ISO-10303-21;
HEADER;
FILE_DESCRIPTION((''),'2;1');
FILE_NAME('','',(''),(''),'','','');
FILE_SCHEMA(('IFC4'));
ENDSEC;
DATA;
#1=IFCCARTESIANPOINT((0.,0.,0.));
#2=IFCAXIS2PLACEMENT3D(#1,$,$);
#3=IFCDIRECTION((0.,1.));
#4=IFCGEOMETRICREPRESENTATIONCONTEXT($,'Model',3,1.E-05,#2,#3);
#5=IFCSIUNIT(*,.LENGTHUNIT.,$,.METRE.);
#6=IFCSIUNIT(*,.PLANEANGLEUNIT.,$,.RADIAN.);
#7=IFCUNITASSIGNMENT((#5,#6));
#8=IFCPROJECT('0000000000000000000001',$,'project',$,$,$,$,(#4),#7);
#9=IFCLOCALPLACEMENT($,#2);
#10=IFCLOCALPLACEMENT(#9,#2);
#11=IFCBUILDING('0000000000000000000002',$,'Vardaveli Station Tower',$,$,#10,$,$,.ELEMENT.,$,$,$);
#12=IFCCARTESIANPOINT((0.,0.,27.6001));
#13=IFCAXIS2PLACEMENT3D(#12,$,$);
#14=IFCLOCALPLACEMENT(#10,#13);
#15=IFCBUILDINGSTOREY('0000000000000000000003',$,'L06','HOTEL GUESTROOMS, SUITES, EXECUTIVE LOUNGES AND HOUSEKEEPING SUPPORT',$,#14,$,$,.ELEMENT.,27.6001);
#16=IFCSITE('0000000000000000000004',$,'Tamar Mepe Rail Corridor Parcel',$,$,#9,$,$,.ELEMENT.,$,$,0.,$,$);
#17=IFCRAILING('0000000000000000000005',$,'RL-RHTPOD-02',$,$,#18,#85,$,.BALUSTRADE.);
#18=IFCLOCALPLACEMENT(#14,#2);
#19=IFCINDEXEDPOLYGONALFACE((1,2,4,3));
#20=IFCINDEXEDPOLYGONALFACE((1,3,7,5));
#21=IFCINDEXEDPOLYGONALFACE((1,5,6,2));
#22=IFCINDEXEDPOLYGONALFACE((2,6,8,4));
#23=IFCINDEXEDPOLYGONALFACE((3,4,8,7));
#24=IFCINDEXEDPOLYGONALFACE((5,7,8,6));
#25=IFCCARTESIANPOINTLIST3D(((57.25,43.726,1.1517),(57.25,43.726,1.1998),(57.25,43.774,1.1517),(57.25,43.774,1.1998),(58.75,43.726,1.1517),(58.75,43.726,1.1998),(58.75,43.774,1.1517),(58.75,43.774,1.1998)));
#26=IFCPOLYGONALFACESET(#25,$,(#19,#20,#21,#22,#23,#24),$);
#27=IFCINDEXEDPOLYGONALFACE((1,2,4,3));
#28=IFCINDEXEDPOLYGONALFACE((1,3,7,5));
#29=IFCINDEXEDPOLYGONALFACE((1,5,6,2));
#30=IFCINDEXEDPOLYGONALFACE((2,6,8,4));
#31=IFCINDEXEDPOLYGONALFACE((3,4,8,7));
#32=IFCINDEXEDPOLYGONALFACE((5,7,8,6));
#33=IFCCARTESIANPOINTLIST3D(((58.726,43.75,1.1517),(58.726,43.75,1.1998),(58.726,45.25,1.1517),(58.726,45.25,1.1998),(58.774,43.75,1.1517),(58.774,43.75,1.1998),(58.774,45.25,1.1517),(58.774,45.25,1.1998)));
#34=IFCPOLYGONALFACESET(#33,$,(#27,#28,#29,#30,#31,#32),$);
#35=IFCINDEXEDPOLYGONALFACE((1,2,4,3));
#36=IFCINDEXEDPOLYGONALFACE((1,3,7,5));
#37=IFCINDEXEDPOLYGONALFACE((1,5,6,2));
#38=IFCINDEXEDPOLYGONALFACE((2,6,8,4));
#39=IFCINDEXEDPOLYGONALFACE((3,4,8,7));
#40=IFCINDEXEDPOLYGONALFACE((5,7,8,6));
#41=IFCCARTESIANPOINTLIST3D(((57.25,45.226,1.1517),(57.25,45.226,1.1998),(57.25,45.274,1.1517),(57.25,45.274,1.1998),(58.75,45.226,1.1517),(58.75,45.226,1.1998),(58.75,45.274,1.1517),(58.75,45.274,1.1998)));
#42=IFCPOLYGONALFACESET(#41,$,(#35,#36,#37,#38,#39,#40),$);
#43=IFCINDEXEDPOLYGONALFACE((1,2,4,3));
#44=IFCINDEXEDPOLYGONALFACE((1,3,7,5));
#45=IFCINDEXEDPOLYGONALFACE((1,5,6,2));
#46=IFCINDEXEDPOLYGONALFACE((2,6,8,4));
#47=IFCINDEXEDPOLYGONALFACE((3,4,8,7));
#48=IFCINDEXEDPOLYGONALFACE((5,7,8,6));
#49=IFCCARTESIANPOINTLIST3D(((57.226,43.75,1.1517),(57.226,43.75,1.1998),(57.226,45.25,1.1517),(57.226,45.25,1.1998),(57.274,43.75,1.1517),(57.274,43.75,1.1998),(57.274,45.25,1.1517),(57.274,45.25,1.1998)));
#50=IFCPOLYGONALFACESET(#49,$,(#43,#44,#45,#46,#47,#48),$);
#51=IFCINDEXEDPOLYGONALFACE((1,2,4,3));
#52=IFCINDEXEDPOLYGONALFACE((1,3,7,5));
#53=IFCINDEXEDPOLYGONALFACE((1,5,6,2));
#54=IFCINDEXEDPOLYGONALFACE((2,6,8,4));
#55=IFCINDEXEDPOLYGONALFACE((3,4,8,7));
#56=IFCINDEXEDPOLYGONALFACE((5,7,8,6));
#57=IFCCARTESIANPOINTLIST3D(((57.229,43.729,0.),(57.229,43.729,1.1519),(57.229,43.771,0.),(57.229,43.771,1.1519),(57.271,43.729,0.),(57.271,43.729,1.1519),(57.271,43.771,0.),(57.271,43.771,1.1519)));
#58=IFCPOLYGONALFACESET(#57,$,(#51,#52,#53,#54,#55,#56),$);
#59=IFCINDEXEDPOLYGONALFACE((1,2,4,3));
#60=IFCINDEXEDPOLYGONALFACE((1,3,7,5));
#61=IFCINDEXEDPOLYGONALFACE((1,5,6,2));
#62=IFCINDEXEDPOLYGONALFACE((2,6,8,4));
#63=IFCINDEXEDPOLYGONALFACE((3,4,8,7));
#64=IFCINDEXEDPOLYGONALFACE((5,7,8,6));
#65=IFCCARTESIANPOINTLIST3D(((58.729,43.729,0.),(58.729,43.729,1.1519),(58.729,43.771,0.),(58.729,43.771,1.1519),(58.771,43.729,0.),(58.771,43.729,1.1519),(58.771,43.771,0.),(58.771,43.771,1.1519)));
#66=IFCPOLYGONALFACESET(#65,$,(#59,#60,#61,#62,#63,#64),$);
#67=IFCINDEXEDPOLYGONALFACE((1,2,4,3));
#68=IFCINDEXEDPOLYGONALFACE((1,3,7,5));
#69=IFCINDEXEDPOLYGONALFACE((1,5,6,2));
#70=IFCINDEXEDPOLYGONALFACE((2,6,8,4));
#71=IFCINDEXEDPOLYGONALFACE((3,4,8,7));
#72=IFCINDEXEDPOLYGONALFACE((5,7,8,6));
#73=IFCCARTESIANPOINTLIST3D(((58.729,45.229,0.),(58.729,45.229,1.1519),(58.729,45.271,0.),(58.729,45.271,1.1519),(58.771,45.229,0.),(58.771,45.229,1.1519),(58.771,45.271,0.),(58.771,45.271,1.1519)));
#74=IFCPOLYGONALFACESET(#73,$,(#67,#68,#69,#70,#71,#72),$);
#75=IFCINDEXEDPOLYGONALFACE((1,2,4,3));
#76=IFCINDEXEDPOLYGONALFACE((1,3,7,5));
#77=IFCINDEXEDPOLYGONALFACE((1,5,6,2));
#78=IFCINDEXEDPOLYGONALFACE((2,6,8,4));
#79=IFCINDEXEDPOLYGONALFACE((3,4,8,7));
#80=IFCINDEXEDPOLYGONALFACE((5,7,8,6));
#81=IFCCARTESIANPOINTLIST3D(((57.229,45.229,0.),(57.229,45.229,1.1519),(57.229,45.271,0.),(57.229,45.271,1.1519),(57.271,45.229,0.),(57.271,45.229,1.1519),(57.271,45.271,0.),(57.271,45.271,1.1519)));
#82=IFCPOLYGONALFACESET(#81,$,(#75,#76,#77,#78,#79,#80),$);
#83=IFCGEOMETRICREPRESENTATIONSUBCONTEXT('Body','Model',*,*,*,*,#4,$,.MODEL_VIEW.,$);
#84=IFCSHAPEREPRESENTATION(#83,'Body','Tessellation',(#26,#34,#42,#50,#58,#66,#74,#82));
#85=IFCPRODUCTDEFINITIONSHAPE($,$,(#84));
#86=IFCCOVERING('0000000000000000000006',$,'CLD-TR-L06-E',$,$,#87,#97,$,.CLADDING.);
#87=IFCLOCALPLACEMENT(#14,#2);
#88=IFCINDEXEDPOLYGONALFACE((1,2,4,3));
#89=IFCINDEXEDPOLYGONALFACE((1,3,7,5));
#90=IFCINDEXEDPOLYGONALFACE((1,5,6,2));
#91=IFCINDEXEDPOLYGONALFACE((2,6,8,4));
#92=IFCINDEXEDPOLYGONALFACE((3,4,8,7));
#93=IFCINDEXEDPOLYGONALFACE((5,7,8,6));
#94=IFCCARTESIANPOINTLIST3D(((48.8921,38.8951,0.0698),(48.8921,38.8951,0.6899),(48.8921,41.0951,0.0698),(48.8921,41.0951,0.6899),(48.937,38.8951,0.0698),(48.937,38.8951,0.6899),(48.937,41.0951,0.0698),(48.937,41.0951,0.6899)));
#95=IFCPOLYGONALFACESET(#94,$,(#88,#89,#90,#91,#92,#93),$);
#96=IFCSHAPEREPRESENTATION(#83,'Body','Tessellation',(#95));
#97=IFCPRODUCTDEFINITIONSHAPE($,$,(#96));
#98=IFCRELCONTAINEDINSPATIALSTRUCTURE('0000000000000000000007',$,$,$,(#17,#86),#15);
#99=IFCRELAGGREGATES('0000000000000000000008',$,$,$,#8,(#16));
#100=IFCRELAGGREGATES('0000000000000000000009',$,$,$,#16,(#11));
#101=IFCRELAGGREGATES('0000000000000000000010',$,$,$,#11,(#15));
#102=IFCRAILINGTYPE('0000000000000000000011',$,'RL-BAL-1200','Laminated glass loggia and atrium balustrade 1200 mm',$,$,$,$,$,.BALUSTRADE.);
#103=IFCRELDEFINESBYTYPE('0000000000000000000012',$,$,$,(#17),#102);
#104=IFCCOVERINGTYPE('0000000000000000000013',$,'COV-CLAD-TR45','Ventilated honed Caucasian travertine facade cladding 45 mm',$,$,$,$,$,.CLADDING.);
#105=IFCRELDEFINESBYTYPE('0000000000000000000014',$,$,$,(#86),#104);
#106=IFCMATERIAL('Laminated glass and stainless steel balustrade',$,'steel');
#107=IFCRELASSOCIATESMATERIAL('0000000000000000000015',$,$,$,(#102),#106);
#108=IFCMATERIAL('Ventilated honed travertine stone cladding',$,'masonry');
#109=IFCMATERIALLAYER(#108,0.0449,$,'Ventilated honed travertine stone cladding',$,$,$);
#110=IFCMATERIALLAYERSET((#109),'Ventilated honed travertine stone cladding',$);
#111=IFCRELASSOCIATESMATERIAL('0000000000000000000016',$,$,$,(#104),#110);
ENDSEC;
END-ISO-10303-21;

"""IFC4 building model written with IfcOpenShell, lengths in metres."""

from ifc_helpers import new_model, si_unit, direction, frame, origin, origin_2d, place, context, subcontext, project, spatial, rectangle, extrude, source, transform, mapped, material, layer, layer_set, type_object, element, save


model = new_model("IFC4")

# Units and contexts
model_context = context("Model", 3, precision=1e-05, world=origin(), true_north=direction((0.0, 1.0)))
body_context = subcontext(model_context, "Body", "Model", "MODEL_VIEW")
ifc_project = project(units=[si_unit("LENGTHUNIT", "METRE"), si_unit("PLANEANGLEUNIT", "RADIAN")], contexts=[model_context])

# Site, building, storey
site_placement = place(None, origin())
site = spatial("IfcSite", under=ifc_project, at=site_placement, Name="Tamar Mepe Rail Corridor Parcel", CompositionType="ELEMENT", RefElevation=0.0)
building_placement = place(site_placement, origin())
building = spatial("IfcBuilding", under=site, at=building_placement, Name="Vardaveli Station Tower", CompositionType="ELEMENT")
storey_placement = place(building_placement, frame((0.0, 0.0, 27.6001)))
storey = spatial("IfcBuildingStorey", under=building, at=storey_placement, Name="L06", Description="HOTEL GUESTROOMS, SUITES, EXECUTIVE LOUNGES AND HOUSEKEEPING SUPPORT", CompositionType="ELEMENT", Elevation=27.6001)

# Railing
ifc_material_1 = material(Name="Laminated glass and stainless steel balustrade", Category="steel")
railing_type = type_object("IfcRailingType", Name="RL-BAL-1200", Description="Laminated glass loggia and atrium balustrade 1200 mm", PredefinedType="BALUSTRADE", material=ifc_material_1)
shared_shape_1 = source(origin(), body_context, "Body", "SweptSolid", [
    extrude(rectangle(XDim=0.0481, YDim=0.0481, at=origin_2d()), frame((0.0, 0.0, 1.1758), z_axis=(1.0, 0.0, 0.0), x_axis=(0.0, 1.0, 0.0)), (0.0, 0.0, 1.0), 1.5),
    extrude(rectangle(XDim=0.0481, YDim=0.0481, at=origin_2d()), frame((1.5, 0.0, 1.1758), z_axis=(0.0, 1.0, 0.0), x_axis=(-1.0, 0.0, 0.0)), (0.0, 0.0, 1.0), 1.5),
    extrude(rectangle(XDim=0.0481, YDim=0.0481, at=origin_2d()), frame((1.5, 1.5, 1.1758), z_axis=(-1.0, 0.0, 0.0), x_axis=(0.0, -1.0, 0.0)), (0.0, 0.0, 1.0), 1.5),
    extrude(rectangle(XDim=0.0481, YDim=0.0481, at=origin_2d()), frame((0.0, 1.5, 1.1758), z_axis=(0.0, -1.0, 0.0), x_axis=(1.0, 0.0, 0.0)), (0.0, 0.0, 1.0), 1.5),
    extrude(rectangle(XDim=0.042, YDim=0.042, at=origin_2d()), origin(), (0.0, 0.0, 1.0), 1.1519),
    extrude(rectangle(XDim=0.042, YDim=0.042, at=origin_2d()), frame((1.5, 0.0, 0.0)), (0.0, 0.0, 1.0), 1.1519),
    extrude(rectangle(XDim=0.042, YDim=0.042, at=origin_2d()), frame((1.5, 1.5, 0.0)), (0.0, 0.0, 1.0), 1.1519),
    extrude(rectangle(XDim=0.042, YDim=0.042, at=origin_2d()), frame((0.0, 1.5, 0.0)), (0.0, 0.0, 1.0), 1.1519),
])
railing_1_placement = place(storey_placement, frame((57.25, 43.75, 0.0)))
element("IfcRailing", 1, at=railing_1_placement, inside=storey, type_object=railing_type, Name="RL-RHTPOD-02", PredefinedType="BALUSTRADE", context=body_context, shape_type="MappedRepresentation", body=[
    mapped(shared_shape_1, transform((0.0, 0.0, 0.0), scale=1.0)),
])

# Covering
ifc_material_2 = material(Name="Ventilated honed travertine stone cladding", Category="masonry")
ifc_layer_1 = layer(ifc_material_2, 0.0449, Name="Ventilated honed travertine stone cladding")
ifc_layer_set_1 = layer_set([ifc_layer_1], Name="Ventilated honed travertine stone cladding")
covering_type = type_object("IfcCoveringType", Name="COV-CLAD-TR45", Description="Ventilated honed Caucasian travertine facade cladding 45 mm", PredefinedType="CLADDING", material=ifc_layer_set_1)
shared_shape_2 = source(origin(), body_context, "Body", "SweptSolid", [
    extrude(rectangle(XDim=2.2, YDim=0.0449, at=origin_2d()), origin(), (0.0, 0.0, 1.0), 0.6201),
])
covering_placement = place(storey_placement, frame((48.9146, 39.9951, 0.0698), z_axis=(0.0, 0.0, 1.0), x_axis=(0.0, 1.0, 0.0)))
element("IfcCovering", 2, at=covering_placement, inside=storey, type_object=covering_type, Name="CLD-TR-L06-E", PredefinedType="CLADDING", context=body_context, shape_type="MappedRepresentation", body=[
    mapped(shared_shape_2, transform((0.0, 0.0, 0.0), scale=1.0)),
])

save(model, "model.ifc")
